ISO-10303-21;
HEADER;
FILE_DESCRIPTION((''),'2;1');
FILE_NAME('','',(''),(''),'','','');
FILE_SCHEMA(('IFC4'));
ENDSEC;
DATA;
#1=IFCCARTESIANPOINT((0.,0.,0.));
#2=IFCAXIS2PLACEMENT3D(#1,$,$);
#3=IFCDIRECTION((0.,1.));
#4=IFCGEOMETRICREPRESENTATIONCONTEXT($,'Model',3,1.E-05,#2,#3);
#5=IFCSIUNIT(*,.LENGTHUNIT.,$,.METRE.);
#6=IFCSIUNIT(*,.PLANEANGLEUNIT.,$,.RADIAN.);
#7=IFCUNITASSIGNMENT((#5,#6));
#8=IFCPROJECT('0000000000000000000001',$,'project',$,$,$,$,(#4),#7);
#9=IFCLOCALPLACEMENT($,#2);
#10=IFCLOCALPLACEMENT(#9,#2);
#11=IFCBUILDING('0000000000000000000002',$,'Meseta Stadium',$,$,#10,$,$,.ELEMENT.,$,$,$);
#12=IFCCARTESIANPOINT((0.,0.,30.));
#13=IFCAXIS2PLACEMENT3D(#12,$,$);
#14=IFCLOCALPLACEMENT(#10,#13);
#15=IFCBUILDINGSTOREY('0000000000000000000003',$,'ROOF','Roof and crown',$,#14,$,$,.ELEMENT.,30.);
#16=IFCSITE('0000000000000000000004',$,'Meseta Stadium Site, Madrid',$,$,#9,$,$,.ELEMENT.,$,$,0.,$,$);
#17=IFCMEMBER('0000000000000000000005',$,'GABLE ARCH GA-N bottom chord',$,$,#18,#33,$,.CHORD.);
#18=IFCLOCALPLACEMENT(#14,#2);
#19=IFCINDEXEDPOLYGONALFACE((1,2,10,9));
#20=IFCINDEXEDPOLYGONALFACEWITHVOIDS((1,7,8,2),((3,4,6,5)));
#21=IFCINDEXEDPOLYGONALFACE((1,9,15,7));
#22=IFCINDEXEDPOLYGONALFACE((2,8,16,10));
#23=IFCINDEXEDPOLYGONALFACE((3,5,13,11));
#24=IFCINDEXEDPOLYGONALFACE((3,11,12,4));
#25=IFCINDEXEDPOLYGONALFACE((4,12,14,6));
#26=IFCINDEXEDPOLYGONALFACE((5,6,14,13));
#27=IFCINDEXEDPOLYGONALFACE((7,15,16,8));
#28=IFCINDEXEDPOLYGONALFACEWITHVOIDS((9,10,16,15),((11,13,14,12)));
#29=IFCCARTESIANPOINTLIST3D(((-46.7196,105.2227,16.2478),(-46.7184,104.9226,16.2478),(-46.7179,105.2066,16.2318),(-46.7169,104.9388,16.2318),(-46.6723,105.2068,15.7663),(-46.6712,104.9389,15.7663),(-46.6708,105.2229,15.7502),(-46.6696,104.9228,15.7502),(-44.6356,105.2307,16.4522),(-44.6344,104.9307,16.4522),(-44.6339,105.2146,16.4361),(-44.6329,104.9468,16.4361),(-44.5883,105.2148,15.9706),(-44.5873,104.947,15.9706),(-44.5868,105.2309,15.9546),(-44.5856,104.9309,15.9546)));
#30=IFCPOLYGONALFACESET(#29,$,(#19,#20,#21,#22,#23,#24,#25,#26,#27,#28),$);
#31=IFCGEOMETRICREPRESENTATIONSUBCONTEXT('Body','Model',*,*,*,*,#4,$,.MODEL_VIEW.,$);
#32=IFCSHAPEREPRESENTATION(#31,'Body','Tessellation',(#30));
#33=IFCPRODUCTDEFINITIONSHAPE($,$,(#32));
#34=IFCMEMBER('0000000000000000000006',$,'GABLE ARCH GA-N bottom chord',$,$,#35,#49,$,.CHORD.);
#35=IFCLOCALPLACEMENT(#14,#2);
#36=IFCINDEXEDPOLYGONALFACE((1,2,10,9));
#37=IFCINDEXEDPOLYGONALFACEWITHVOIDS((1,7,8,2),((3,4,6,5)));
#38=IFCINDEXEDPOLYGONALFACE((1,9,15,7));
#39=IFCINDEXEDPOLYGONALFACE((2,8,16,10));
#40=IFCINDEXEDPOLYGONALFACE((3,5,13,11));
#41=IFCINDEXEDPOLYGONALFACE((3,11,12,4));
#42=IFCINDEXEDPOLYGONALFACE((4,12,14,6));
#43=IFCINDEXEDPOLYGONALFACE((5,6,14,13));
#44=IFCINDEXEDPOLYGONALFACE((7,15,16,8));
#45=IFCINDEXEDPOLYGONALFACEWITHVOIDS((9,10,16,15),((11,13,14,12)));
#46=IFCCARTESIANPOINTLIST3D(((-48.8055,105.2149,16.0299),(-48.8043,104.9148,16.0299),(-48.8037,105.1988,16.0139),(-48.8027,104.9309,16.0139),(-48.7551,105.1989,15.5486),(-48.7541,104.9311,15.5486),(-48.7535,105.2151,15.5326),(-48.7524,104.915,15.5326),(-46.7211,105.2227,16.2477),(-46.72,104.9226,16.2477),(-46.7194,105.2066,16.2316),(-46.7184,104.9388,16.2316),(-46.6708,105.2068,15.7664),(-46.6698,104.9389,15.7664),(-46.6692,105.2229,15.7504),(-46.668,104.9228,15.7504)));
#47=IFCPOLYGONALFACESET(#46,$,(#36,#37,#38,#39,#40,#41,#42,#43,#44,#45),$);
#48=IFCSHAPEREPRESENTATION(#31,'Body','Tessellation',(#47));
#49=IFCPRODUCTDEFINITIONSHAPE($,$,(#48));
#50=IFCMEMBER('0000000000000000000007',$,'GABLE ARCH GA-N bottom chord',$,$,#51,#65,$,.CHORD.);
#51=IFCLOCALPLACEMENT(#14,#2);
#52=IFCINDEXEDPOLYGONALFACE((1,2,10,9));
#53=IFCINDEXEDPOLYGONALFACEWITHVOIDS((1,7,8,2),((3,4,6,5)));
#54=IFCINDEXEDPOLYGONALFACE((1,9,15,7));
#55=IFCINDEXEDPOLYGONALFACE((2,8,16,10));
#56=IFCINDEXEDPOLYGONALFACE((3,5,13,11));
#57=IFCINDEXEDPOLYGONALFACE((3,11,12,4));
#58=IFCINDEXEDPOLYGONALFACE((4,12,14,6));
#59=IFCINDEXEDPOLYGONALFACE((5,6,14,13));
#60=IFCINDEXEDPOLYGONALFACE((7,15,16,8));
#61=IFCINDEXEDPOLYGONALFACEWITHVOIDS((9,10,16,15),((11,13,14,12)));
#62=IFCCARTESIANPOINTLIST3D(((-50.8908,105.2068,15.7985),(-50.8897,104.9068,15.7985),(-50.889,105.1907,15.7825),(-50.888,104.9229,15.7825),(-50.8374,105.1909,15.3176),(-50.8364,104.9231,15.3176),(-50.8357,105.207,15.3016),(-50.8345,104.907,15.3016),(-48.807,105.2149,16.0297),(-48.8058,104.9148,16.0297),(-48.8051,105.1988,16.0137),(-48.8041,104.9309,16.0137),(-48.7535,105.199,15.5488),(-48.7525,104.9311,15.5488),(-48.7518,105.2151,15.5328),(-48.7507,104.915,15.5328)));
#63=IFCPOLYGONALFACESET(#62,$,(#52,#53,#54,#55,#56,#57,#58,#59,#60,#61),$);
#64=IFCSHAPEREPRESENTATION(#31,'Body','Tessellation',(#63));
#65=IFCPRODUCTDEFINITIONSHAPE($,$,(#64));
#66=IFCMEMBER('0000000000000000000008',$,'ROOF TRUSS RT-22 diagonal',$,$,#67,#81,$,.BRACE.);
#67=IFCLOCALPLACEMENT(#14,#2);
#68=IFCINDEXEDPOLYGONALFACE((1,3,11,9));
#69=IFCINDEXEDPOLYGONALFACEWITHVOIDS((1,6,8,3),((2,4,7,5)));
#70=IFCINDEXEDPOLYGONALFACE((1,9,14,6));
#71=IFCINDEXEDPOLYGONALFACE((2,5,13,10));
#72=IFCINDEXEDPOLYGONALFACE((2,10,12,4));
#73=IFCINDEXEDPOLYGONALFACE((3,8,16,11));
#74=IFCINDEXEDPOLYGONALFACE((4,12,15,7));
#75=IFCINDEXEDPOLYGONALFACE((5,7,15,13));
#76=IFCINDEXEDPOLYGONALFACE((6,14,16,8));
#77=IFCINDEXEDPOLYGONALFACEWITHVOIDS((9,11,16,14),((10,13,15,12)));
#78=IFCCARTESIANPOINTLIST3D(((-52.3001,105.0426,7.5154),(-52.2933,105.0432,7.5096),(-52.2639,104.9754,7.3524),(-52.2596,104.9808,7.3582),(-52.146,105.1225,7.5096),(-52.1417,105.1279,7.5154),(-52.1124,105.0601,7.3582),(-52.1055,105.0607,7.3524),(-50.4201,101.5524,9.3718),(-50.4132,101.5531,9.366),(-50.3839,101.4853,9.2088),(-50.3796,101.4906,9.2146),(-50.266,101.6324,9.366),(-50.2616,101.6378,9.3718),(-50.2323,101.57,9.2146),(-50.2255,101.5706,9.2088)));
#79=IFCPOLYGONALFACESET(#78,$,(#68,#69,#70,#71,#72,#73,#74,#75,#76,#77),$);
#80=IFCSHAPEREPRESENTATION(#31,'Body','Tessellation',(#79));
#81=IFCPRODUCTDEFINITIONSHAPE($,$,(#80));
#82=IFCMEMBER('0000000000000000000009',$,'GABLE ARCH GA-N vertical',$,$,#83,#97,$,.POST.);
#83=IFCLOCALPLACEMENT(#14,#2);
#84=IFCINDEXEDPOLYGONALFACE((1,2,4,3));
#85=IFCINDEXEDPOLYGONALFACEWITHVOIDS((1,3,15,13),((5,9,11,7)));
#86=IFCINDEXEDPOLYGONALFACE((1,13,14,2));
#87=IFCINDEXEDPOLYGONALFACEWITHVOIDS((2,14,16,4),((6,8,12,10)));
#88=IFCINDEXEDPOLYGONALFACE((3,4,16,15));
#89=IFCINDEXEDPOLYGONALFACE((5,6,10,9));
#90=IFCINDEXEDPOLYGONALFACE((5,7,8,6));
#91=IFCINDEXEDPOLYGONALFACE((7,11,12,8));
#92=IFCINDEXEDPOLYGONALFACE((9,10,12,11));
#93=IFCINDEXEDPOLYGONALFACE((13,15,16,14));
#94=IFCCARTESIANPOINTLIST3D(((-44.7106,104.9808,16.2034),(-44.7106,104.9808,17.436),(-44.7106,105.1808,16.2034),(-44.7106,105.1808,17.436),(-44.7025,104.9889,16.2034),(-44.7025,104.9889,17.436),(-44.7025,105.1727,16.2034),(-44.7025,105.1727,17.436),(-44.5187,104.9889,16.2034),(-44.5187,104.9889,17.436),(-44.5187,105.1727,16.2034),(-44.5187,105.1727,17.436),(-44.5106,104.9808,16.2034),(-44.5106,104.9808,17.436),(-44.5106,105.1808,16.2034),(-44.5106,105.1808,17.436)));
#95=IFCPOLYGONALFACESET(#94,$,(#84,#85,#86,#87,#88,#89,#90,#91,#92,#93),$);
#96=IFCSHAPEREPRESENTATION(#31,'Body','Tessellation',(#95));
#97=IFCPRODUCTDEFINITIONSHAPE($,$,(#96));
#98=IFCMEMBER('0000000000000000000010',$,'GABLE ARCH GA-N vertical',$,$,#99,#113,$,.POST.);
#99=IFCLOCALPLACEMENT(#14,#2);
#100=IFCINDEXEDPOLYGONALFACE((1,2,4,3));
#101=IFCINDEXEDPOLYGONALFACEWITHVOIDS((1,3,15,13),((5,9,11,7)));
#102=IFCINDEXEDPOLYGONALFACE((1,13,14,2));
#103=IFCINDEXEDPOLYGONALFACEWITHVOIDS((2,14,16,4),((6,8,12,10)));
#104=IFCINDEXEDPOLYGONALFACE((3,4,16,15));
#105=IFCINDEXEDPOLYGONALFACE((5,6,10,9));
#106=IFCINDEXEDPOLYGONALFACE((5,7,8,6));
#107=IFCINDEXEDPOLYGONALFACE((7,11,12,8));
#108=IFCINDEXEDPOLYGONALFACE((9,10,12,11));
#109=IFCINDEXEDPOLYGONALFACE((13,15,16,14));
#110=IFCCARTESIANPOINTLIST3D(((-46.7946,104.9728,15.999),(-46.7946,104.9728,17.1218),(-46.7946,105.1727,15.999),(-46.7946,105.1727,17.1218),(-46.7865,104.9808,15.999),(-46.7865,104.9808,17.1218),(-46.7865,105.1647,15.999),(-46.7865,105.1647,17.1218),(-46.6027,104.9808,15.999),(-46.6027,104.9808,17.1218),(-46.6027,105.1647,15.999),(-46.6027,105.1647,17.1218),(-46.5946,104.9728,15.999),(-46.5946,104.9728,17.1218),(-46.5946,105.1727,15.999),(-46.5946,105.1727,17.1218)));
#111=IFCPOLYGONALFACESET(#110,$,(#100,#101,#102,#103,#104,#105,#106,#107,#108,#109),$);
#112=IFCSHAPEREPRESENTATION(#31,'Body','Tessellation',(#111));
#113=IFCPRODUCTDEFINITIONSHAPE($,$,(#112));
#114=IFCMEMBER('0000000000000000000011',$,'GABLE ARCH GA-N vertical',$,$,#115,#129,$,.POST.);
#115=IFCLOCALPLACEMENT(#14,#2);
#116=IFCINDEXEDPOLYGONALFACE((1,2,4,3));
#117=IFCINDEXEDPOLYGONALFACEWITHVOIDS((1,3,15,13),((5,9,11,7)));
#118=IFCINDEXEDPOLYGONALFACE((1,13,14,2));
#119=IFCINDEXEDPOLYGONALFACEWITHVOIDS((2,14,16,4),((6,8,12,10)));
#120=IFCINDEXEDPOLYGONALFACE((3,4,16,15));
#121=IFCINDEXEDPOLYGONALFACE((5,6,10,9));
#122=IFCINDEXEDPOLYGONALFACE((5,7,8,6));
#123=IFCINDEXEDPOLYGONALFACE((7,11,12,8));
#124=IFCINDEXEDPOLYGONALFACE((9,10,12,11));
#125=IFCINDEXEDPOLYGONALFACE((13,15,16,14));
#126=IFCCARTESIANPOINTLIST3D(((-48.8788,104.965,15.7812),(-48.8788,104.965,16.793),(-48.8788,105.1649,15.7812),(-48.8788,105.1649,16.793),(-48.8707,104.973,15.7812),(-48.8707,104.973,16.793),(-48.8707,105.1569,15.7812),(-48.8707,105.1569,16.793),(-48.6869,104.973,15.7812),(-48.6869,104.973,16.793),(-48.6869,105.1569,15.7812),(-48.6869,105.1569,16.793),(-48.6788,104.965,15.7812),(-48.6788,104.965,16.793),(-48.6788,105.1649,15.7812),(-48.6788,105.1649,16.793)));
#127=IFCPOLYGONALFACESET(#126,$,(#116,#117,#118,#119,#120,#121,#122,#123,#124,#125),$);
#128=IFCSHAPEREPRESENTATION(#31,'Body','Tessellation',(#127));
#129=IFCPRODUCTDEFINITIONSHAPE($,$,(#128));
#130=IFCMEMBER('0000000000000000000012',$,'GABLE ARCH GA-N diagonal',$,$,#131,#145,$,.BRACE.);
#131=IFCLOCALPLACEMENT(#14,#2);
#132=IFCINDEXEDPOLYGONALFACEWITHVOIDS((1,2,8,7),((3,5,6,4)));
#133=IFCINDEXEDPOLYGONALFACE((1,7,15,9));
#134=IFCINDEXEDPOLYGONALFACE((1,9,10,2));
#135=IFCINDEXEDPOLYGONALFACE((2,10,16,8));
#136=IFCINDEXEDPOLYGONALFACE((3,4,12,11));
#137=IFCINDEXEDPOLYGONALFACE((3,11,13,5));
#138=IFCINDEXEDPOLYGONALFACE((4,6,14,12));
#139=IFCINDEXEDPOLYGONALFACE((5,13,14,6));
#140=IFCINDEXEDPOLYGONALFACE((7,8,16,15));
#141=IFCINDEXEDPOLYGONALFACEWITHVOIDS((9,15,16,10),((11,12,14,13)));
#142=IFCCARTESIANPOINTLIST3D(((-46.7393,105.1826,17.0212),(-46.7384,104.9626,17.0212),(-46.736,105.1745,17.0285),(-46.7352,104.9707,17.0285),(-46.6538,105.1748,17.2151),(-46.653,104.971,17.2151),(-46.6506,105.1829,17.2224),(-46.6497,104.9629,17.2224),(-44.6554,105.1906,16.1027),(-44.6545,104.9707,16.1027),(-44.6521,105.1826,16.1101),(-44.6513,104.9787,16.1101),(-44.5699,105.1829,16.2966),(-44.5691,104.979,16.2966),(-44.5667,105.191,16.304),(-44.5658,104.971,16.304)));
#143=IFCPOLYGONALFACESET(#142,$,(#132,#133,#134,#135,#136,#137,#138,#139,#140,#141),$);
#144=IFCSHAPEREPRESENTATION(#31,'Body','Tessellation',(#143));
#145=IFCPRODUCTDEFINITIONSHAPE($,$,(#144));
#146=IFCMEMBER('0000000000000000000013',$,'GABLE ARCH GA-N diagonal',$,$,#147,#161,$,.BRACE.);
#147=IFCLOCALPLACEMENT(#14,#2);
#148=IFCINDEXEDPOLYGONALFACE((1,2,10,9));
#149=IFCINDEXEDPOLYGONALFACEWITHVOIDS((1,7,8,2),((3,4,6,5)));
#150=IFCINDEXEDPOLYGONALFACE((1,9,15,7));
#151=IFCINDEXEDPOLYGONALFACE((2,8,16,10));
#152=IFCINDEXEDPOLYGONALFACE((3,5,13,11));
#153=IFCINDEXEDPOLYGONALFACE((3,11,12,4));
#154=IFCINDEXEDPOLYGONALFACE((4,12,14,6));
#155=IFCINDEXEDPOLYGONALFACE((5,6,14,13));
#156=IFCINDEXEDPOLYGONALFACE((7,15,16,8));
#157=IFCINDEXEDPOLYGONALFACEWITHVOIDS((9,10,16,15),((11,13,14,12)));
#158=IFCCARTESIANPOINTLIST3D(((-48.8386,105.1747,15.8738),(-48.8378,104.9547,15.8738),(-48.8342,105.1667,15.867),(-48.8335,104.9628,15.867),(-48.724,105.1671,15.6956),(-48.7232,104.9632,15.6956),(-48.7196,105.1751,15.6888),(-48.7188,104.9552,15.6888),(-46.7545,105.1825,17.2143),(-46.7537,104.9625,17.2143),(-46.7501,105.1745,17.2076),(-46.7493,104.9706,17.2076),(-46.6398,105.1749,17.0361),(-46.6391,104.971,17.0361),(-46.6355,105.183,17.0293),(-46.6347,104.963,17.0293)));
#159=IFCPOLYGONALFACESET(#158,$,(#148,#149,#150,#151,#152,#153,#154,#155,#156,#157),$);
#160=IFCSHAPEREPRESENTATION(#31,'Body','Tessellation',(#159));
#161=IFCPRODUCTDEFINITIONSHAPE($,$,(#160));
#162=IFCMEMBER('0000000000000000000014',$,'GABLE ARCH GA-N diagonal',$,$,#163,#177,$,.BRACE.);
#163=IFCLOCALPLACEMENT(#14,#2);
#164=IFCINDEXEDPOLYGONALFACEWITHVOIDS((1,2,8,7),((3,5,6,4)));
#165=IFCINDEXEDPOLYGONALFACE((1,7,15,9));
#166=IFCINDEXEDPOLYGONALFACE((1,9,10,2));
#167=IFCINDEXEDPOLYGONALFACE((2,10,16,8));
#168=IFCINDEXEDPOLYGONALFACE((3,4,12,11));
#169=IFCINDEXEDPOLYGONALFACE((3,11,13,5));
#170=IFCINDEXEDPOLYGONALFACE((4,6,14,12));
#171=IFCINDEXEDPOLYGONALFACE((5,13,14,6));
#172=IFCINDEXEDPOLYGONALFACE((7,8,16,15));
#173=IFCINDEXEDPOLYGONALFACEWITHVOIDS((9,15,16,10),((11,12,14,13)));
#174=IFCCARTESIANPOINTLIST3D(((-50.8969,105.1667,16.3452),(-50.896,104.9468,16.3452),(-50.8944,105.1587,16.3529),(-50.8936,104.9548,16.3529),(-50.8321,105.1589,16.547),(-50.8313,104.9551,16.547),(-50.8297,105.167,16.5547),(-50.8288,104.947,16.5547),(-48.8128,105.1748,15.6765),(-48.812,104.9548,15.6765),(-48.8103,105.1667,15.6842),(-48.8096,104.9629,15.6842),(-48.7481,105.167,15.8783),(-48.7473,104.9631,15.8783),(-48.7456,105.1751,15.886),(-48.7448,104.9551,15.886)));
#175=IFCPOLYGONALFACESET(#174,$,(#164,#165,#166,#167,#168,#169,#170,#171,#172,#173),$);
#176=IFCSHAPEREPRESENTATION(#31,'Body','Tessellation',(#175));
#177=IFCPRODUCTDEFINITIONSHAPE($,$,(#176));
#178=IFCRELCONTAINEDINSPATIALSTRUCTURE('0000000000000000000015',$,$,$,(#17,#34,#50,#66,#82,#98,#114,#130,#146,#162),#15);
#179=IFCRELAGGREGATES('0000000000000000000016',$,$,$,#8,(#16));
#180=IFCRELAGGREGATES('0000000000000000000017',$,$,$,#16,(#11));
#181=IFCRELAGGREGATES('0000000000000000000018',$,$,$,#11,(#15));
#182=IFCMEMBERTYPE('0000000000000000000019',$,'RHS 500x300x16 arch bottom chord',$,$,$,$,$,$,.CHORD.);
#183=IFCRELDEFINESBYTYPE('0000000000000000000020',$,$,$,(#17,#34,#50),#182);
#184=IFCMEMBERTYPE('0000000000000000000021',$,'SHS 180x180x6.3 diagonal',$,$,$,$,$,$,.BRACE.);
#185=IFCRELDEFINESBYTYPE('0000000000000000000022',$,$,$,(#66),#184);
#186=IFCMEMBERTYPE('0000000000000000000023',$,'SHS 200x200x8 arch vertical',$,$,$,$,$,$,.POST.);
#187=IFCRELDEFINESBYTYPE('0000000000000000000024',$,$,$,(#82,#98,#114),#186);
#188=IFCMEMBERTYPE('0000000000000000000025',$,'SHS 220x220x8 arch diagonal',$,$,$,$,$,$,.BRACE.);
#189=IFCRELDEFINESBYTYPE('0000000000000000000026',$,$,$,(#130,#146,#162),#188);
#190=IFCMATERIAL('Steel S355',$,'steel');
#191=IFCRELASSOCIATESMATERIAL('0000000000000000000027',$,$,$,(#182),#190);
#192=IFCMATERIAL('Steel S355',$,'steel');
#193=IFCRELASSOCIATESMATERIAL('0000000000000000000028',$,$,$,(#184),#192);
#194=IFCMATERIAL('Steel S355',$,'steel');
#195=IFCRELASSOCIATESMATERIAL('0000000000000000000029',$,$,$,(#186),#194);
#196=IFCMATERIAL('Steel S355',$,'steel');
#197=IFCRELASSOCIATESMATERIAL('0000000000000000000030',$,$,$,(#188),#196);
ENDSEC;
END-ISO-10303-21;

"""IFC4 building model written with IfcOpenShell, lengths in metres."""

from ifc_helpers import new_model, si_unit, direction, frame, origin, origin_2d, place, context, subcontext, project, spatial, hollow_rectangle, extrude, material, material_profile, profile_set, type_object, element, save


model = new_model("IFC4")

# Units and contexts
model_context = context("Model", 3, precision=1e-05, world=origin(), true_north=direction((0.0, 1.0)))
body_context = subcontext(model_context, "Body", "Model", "MODEL_VIEW")
ifc_project = project(units=[si_unit("LENGTHUNIT", "METRE"), si_unit("PLANEANGLEUNIT", "RADIAN")], contexts=[model_context])

# Site, building, storey
site_placement = place(None, origin())
site = spatial("IfcSite", under=ifc_project, at=site_placement, Name="Meseta Stadium Site, Madrid", CompositionType="ELEMENT", RefElevation=0.0)
building_placement = place(site_placement, origin())
building = spatial("IfcBuilding", under=site, at=building_placement, Name="Meseta Stadium", CompositionType="ELEMENT")
storey_placement = place(building_placement, frame((0.0, 0.0, 30.0)))
storey = spatial("IfcBuildingStorey", under=building, at=storey_placement, Name="ROOF", Description="Roof and crown", CompositionType="ELEMENT", Elevation=30.0)

# Members
ifc_material_1 = material(Name="Steel S355", Category="steel")
ifc_material_profile_1 = material_profile(ifc_material_1, hollow_rectangle(XDim=0.3, YDim=0.5, WallThickness=0.0161, at=origin_2d()), Name="RHS 500x300x16")
ifc_profile_set_1 = profile_set([ifc_material_profile_1], Name="Steel S355")
member_type_1 = type_object("IfcMemberType", Name="RHS 500x300x16 arch bottom chord", PredefinedType="CHORD", material=ifc_profile_set_1)
member_1_placement = place(storey_placement, frame((-44.6106, 105.0808, 16.2034), z_axis=(-0.99522, -0.003847, -0.097587), x_axis=(0.003866, -0.999993, 0.0)))
element("IfcMember", 1, at=member_1_placement, inside=storey, type_object=member_type_1, Name="GABLE ARCH GA-N bottom chord", PredefinedType="CHORD", context=body_context, shape_type="SweptSolid", body=[
    extrude(hollow_rectangle(XDim=0.3, YDim=0.5, WallThickness=0.0161, at=origin_2d()), origin(), (0.0, 0.0, 1.0), 2.094),
])
member_2_placement = place(storey_placement, frame((-46.6946, 105.0728, 15.999), z_axis=(-0.994579, -0.003728, -0.10392), x_axis=(0.003748, -0.999993, 0.0)))
element("IfcMember", 2, at=member_2_placement, inside=storey, type_object=member_type_1, Name="GABLE ARCH GA-N bottom chord", PredefinedType="CHORD", context=body_context, shape_type="SweptSolid", body=[
    extrude(hollow_rectangle(XDim=0.3, YDim=0.5, WallThickness=0.0161, at=origin_2d()), origin(), (0.0, 0.0, 1.0), 2.0957),
])
member_3_placement = place(storey_placement, frame((-48.7788, 105.0649, 15.7812), z_axis=(-0.993895, -0.003842, -0.110265), x_axis=(0.003866, -0.999993, 0.0)))
element("IfcMember", 3, at=member_3_placement, inside=storey, type_object=member_type_1, Name="GABLE ARCH GA-N bottom chord", PredefinedType="CHORD", context=body_context, shape_type="SweptSolid", body=[
    extrude(hollow_rectangle(XDim=0.3, YDim=0.5, WallThickness=0.0161, at=origin_2d()), origin(), (0.0, 0.0, 1.0), 2.0967),
])
ifc_material_2 = material(Name="Steel S355", Category="steel")
ifc_material_profile_2 = material_profile(ifc_material_2, hollow_rectangle(XDim=0.1799, YDim=0.1799, WallThickness=0.0063, at=origin_2d()), Name="SHS 180x180x6.3")
ifc_profile_set_2 = profile_set([ifc_material_profile_2], Name="Steel S355")
member_type_2 = type_object("IfcMemberType", Name="SHS 180x180x6.3 diagonal", PredefinedType="BRACE", material=ifc_profile_set_2)
member_4_placement = place(storey_placement, frame((-50.3228, 101.5615, 9.2903), z_axis=(-0.429492, 0.797302, -0.424083), x_axis=(-0.88039, -0.47425, 0.0)))
element("IfcMember", 4, at=member_4_placement, inside=storey, type_object=member_type_2, Name="ROOF TRUSS RT-22 diagonal", PredefinedType="BRACE", context=body_context, shape_type="SweptSolid", body=[
    extrude(hollow_rectangle(XDim=0.1799, YDim=0.1799, WallThickness=0.0063, at=origin_2d()), origin(), (0.0, 0.0, 1.0), 4.3774),
])
ifc_material_3 = material(Name="Steel S355", Category="steel")
ifc_material_profile_3 = material_profile(ifc_material_3, hollow_rectangle(XDim=0.2, YDim=0.2, WallThickness=0.0081, at=origin_2d()), Name="SHS 200x200x8")
ifc_profile_set_3 = profile_set([ifc_material_profile_3], Name="Steel S355")
member_type_3 = type_object("IfcMemberType", Name="SHS 200x200x8 arch vertical", PredefinedType="POST", material=ifc_profile_set_3)
member_5_placement = place(storey_placement, frame((-44.6106, 105.0808, 16.2034), z_axis=(0.0, 0.0, 1.0), x_axis=(1.0, 0.0, 0.0)))
element("IfcMember", 5, at=member_5_placement, inside=storey, type_object=member_type_3, Name="GABLE ARCH GA-N vertical", PredefinedType="POST", context=body_context, shape_type="SweptSolid", body=[
    extrude(hollow_rectangle(XDim=0.2, YDim=0.2, WallThickness=0.0081, at=origin_2d()), origin(), (0.0, 0.0, 1.0), 1.2327),
])
member_6_placement = place(storey_placement, frame((-46.6946, 105.0728, 15.999), z_axis=(0.0, 0.0, 1.0), x_axis=(1.0, 0.0, 0.0)))
element("IfcMember", 6, at=member_6_placement, inside=storey, type_object=member_type_3, Name="GABLE ARCH GA-N vertical", PredefinedType="POST", context=body_context, shape_type="SweptSolid", body=[
    extrude(hollow_rectangle(XDim=0.2, YDim=0.2, WallThickness=0.0081, at=origin_2d()), origin(), (0.0, 0.0, 1.0), 1.1228),
])
member_7_placement = place(storey_placement, frame((-48.7788, 105.0649, 15.7812), z_axis=(0.0, 0.0, 1.0), x_axis=(1.0, 0.0, 0.0)))
element("IfcMember", 7, at=member_7_placement, inside=storey, type_object=member_type_3, Name="GABLE ARCH GA-N vertical", PredefinedType="POST", context=body_context, shape_type="SweptSolid", body=[
    extrude(hollow_rectangle(XDim=0.2, YDim=0.2, WallThickness=0.0081, at=origin_2d()), origin(), (0.0, 0.0, 1.0), 1.0117),
])
ifc_material_4 = material(Name="Steel S355", Category="steel")
ifc_material_profile_4 = material_profile(ifc_material_4, hollow_rectangle(XDim=0.22, YDim=0.22, WallThickness=0.0081, at=origin_2d()), Name="SHS 220x220x8")
ifc_profile_set_4 = profile_set([ifc_material_profile_4], Name="Steel S355")
member_type_4 = type_object("IfcMemberType", Name="SHS 220x220x8 arch diagonal", PredefinedType="BRACE", material=ifc_profile_set_4)
member_8_placement = place(storey_placement, frame((-44.6106, 105.0808, 16.2034), z_axis=(-0.915066, -0.003538, 0.403289), x_axis=(0.003866, -0.999993, 0.0)))
element("IfcMember", 8, at=member_8_placement, inside=storey, type_object=member_type_4, Name="GABLE ARCH GA-N diagonal", PredefinedType="BRACE", context=body_context, shape_type="SweptSolid", body=[
    extrude(hollow_rectangle(XDim=0.22, YDim=0.22, WallThickness=0.0081, at=origin_2d()), origin(), (0.0, 0.0, 1.0), 2.2773),
])
member_9_placement = place(storey_placement, frame((-46.6946, 105.0728, 17.1218), z_axis=(-0.841043, -0.003153, -0.540959), x_axis=(0.003748, -0.999993, 0.0)))
element("IfcMember", 9, at=member_9_placement, inside=storey, type_object=member_type_4, Name="GABLE ARCH GA-N diagonal", PredefinedType="BRACE", context=body_context, shape_type="SweptSolid", body=[
    extrude(hollow_rectangle(XDim=0.22, YDim=0.22, WallThickness=0.0081, at=origin_2d()), origin(), (0.0, 0.0, 1.0), 2.478),
])
member_10_placement = place(storey_placement, frame((-48.7788, 105.0649, 15.7812), z_axis=(-0.952175, -0.003681, 0.30553), x_axis=(0.003866, -0.999993, 0.0)))
element("IfcMember", 10, at=member_10_placement, inside=storey, type_object=member_type_4, Name="GABLE ARCH GA-N diagonal", PredefinedType="BRACE", context=body_context, shape_type="SweptSolid", body=[
    extrude(hollow_rectangle(XDim=0.22, YDim=0.22, WallThickness=0.0081, at=origin_2d()), origin(), (0.0, 0.0, 1.0), 2.1887),
])

save(model, "model.ifc")
